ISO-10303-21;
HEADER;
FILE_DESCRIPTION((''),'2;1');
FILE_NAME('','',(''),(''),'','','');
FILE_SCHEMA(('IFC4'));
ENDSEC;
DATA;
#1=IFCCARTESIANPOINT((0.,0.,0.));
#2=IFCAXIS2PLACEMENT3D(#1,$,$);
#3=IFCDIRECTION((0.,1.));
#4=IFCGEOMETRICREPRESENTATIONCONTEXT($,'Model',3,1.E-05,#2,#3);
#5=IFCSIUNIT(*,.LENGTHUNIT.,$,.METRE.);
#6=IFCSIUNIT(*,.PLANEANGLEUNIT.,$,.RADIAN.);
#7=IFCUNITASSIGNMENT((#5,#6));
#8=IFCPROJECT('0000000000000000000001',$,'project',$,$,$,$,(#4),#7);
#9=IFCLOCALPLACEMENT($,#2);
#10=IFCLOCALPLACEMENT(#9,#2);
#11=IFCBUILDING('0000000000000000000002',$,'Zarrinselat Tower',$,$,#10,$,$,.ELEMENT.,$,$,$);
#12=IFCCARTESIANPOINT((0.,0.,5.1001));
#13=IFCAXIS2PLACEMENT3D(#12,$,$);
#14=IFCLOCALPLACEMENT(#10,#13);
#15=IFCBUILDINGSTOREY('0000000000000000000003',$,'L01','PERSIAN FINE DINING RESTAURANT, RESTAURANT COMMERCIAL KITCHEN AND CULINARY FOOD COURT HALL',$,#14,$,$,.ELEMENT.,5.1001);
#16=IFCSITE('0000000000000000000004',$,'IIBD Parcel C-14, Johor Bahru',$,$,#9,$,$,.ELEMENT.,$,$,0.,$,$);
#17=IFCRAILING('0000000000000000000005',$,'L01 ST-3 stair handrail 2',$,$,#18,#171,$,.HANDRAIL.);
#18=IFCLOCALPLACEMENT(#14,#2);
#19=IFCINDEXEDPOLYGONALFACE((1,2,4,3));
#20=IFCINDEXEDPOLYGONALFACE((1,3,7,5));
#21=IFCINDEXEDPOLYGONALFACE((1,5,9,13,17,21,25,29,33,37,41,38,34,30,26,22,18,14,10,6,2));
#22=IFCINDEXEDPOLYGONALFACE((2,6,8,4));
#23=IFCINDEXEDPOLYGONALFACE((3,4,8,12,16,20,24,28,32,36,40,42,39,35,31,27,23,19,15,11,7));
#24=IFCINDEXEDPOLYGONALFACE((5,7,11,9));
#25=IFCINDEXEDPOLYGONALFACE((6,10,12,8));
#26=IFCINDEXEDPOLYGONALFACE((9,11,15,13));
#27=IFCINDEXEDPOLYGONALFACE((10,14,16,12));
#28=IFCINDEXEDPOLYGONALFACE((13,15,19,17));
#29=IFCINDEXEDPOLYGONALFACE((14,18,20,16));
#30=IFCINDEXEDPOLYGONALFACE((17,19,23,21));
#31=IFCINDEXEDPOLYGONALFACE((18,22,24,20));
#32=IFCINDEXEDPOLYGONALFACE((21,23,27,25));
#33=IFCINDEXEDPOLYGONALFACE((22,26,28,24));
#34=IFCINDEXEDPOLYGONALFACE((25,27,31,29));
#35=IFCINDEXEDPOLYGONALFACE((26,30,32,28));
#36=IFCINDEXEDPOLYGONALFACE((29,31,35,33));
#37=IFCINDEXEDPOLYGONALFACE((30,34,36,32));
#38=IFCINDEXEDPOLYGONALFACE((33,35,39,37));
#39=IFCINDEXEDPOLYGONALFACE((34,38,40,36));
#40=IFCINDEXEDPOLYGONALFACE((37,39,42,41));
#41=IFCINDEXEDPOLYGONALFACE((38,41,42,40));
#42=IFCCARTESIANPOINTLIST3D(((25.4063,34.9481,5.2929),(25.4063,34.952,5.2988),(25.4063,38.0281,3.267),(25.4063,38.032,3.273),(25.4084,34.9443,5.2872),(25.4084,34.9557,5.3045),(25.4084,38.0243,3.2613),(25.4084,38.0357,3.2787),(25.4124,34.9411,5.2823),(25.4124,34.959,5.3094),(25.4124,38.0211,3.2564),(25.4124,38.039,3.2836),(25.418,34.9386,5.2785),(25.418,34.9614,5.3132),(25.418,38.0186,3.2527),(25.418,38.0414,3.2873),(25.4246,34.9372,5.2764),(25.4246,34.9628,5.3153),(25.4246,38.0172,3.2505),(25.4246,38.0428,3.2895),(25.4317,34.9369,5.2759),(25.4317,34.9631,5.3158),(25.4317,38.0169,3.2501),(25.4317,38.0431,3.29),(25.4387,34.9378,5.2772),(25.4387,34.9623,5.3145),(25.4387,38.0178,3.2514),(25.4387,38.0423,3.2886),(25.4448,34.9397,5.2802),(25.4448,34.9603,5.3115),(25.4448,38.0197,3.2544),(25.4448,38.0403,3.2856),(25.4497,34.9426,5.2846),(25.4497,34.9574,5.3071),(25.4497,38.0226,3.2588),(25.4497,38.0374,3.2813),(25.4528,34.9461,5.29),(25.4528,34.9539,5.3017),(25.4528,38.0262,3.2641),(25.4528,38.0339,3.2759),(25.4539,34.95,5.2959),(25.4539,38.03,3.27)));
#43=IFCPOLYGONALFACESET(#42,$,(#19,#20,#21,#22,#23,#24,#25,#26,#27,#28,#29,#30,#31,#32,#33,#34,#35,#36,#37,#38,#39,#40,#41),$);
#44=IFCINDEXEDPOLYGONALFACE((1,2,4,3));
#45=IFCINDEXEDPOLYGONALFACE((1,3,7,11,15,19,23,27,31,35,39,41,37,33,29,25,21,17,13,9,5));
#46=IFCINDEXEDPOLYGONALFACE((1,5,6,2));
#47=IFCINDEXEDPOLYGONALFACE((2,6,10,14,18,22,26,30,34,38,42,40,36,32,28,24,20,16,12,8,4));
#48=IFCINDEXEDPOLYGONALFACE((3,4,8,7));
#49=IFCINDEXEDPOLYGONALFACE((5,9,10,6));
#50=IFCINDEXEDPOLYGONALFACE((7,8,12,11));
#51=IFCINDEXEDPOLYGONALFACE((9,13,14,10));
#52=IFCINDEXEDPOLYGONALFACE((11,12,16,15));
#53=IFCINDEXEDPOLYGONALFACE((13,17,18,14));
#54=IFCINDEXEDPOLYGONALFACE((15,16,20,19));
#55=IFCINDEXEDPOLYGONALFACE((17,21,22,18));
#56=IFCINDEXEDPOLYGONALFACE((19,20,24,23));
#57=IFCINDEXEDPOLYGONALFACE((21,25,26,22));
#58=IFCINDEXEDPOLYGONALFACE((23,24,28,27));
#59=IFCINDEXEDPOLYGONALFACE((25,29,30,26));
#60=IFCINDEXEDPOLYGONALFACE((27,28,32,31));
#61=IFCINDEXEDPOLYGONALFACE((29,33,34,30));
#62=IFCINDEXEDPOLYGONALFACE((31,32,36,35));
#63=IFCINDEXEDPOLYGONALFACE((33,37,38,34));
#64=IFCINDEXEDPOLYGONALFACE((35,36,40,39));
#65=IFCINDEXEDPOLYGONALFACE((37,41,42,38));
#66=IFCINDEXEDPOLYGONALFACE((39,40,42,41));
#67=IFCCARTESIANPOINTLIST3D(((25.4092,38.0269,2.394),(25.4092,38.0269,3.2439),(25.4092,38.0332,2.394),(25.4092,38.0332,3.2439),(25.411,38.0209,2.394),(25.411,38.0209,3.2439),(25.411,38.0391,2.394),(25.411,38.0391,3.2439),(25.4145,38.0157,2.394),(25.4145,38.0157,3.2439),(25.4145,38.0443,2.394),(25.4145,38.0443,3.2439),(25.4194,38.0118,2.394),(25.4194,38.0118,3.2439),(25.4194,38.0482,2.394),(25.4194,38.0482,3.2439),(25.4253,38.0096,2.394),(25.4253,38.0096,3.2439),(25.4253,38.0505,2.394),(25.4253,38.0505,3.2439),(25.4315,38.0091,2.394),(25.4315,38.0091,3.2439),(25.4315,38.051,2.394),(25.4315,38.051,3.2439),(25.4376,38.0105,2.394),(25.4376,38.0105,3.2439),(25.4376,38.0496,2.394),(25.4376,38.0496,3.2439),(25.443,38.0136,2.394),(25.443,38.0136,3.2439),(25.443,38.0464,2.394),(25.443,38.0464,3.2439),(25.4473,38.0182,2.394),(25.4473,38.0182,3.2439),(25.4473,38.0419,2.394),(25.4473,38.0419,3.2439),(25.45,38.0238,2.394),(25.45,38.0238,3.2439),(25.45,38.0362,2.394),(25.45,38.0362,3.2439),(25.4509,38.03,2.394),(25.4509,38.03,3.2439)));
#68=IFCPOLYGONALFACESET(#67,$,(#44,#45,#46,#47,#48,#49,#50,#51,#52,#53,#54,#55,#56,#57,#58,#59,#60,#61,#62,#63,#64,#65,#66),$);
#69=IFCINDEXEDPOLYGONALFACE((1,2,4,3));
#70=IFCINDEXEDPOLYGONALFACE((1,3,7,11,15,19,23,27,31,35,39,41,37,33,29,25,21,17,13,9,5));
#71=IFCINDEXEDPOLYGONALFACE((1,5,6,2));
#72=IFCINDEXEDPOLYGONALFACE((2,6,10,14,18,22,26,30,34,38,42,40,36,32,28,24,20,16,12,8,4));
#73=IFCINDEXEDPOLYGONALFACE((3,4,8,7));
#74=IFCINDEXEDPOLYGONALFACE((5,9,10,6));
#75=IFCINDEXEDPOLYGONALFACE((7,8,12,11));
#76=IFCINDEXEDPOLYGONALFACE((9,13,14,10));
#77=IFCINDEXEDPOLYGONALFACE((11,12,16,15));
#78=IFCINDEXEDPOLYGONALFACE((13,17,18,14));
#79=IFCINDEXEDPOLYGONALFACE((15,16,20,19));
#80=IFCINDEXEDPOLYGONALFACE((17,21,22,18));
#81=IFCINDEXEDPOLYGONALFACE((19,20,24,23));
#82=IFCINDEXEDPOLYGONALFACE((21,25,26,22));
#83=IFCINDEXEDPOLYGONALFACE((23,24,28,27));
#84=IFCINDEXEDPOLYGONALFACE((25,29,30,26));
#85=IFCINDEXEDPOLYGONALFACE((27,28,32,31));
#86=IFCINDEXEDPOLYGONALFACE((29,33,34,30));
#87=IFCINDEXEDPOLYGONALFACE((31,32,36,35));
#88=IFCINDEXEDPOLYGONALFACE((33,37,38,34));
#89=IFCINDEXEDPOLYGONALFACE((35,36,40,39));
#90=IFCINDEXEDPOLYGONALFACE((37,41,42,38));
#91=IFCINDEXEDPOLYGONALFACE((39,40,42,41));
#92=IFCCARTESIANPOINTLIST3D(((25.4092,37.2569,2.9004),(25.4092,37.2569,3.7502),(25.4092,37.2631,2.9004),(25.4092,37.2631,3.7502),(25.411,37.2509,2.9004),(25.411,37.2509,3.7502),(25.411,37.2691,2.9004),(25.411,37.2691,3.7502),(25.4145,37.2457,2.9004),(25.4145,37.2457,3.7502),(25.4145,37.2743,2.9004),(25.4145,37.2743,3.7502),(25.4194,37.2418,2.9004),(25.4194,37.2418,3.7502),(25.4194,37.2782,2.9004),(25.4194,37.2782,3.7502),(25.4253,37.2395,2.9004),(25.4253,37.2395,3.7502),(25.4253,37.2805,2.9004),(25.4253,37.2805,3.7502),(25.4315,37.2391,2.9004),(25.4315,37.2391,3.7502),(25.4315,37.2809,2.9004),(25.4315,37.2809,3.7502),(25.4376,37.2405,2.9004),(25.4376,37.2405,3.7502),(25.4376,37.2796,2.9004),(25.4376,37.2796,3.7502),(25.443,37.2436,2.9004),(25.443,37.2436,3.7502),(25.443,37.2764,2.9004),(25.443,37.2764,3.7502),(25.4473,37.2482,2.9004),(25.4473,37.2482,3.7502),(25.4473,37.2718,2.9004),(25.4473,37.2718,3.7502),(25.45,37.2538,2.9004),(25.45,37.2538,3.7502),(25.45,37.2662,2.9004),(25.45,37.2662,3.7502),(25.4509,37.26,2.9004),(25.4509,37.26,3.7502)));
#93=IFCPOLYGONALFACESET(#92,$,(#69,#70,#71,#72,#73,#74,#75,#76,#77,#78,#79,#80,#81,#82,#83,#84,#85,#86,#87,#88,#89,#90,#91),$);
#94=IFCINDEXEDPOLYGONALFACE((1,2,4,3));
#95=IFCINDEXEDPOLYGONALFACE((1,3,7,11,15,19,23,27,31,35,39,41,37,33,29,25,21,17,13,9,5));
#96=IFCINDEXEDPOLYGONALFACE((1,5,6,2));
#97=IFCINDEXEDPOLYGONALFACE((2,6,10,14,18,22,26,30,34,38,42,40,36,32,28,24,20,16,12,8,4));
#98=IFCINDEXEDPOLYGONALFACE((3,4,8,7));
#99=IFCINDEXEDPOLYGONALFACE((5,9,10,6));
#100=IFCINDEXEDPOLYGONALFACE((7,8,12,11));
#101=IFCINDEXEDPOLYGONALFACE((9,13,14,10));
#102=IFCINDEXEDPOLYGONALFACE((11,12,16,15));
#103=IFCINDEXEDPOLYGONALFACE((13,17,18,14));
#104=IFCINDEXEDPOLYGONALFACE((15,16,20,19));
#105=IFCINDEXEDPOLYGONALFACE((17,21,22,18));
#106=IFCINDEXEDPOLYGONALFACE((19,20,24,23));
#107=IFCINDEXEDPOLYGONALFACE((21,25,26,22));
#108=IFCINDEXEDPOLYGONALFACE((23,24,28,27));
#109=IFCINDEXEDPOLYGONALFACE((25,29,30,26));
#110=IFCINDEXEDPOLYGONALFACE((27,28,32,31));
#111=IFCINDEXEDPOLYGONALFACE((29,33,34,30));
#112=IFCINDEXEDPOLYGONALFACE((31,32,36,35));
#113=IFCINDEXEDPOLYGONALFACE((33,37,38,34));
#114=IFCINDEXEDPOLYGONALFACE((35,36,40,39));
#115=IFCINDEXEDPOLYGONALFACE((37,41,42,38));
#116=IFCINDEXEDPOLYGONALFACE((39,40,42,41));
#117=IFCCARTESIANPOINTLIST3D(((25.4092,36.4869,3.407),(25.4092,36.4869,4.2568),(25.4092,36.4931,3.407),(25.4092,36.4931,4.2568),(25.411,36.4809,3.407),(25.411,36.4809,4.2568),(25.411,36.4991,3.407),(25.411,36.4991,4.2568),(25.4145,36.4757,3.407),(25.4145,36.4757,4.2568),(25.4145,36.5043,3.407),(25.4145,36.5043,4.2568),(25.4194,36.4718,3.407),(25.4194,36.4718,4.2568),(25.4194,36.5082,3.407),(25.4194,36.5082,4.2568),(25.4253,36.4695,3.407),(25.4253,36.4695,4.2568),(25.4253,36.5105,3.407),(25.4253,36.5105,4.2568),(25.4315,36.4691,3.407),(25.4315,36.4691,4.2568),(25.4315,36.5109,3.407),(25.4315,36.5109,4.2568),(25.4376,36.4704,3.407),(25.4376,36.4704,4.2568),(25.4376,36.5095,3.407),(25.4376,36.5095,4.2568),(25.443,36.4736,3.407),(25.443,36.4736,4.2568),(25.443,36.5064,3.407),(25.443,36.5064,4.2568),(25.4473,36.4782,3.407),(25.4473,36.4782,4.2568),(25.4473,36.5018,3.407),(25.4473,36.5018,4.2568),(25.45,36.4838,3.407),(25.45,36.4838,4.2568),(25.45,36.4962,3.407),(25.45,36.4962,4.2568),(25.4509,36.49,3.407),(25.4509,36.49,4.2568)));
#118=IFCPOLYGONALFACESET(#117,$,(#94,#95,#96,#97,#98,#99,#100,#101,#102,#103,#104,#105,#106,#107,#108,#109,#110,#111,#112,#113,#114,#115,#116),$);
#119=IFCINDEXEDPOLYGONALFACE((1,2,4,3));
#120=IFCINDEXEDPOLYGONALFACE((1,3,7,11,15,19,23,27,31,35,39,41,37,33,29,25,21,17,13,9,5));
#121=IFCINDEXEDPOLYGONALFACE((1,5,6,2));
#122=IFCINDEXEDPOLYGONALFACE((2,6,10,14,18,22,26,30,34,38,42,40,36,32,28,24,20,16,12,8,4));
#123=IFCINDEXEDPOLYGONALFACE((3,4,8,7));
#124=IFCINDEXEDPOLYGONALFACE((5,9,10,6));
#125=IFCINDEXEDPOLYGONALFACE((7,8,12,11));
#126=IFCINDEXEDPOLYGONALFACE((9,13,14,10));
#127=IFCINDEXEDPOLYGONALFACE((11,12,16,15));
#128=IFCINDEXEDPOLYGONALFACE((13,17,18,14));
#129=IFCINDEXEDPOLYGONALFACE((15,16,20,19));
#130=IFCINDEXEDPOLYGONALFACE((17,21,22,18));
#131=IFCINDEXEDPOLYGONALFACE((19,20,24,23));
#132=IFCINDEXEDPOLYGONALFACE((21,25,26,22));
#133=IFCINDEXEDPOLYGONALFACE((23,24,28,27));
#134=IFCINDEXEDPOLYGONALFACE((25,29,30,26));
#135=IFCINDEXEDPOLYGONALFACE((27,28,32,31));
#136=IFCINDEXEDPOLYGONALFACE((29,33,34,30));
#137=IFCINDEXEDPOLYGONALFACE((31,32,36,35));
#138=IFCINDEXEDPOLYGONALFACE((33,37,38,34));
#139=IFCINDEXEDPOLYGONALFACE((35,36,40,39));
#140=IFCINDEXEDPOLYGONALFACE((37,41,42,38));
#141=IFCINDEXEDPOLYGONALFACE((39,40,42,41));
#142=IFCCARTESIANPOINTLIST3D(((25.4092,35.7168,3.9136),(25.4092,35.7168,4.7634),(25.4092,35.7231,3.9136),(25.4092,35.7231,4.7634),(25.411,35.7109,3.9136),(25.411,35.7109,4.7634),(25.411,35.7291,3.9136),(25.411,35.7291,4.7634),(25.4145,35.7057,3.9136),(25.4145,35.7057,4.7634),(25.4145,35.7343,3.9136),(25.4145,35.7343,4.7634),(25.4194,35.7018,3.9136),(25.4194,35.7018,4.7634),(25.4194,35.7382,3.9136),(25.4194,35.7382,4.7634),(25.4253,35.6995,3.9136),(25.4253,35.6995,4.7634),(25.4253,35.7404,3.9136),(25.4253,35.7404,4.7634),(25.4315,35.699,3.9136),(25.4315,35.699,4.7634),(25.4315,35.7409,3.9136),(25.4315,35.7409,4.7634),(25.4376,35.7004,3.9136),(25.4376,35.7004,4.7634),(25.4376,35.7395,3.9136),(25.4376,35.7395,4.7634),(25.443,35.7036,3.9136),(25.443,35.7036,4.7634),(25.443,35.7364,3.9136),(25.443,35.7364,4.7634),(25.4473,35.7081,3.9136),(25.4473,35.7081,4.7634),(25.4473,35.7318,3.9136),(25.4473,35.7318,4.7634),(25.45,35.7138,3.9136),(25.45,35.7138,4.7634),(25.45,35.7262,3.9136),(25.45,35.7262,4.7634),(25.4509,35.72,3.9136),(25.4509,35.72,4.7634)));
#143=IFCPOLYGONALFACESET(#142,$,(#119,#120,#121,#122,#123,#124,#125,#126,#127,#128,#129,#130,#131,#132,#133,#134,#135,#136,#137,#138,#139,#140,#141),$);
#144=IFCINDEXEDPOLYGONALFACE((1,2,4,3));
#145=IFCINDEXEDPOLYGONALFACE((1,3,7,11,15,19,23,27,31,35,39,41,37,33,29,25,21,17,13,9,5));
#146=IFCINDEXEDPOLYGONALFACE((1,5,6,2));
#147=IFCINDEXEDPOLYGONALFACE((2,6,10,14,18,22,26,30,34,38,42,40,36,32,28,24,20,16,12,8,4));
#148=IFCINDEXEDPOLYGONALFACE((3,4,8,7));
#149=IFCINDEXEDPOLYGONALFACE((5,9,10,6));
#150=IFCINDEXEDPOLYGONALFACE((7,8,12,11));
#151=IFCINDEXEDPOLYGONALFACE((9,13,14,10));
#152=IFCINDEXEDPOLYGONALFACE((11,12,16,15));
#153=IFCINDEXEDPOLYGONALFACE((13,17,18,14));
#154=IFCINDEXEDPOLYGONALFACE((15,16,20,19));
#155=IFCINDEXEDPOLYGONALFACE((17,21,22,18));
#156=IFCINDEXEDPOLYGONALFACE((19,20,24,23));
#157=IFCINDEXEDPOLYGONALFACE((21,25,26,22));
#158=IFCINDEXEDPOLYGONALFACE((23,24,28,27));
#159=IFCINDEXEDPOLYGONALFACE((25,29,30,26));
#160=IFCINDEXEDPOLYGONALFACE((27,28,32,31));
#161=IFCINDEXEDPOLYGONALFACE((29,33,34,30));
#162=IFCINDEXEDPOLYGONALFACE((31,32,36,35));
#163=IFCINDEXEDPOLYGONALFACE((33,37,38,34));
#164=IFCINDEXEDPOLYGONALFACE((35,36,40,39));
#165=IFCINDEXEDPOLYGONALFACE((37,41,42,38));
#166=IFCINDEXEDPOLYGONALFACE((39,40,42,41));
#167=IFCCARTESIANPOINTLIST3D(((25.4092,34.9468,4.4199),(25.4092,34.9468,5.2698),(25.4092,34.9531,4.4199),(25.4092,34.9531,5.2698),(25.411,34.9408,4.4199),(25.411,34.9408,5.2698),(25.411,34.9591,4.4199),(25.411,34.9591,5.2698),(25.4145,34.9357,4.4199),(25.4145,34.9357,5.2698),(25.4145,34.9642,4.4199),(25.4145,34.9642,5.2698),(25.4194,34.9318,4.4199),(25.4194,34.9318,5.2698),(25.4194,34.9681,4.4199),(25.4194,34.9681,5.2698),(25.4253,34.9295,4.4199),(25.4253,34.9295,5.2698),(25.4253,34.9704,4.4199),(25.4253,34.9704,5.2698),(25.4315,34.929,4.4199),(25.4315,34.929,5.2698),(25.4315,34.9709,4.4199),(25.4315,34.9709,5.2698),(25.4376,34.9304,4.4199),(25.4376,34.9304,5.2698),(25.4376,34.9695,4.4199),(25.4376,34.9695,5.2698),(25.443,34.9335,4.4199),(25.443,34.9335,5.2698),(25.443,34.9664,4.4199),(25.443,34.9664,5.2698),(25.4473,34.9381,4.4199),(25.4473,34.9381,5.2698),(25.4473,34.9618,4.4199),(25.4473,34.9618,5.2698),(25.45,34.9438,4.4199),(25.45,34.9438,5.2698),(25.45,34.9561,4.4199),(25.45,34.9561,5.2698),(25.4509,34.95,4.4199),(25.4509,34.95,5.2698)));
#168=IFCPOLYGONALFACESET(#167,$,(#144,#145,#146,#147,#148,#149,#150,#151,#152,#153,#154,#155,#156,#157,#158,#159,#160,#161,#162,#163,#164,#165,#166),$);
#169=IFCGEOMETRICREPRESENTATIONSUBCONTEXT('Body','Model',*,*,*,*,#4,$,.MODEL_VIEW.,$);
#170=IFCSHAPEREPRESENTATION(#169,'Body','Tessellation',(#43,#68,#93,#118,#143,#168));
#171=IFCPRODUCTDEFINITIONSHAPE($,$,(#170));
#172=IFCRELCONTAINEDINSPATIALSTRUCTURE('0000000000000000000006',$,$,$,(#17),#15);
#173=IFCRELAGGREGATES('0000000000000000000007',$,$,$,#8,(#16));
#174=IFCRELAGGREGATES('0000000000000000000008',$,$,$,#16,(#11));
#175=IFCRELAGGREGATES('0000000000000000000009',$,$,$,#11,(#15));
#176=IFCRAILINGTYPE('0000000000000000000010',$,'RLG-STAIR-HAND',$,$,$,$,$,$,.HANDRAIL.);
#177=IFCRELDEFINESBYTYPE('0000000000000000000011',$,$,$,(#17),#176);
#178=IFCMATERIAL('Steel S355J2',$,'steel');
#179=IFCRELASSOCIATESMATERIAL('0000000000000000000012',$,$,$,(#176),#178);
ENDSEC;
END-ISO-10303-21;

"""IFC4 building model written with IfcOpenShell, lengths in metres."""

from ifc_helpers import new_model, si_unit, direction, frame, origin, origin_2d, place, context, subcontext, project, spatial, circle, extrude, material, type_object, element, save


model = new_model("IFC4")

# Units and contexts
model_context = context("Model", 3, precision=1e-05, world=origin(), true_north=direction((0.0, 1.0)))
body_context = subcontext(model_context, "Body", "Model", "MODEL_VIEW")
ifc_project = project(units=[si_unit("LENGTHUNIT", "METRE"), si_unit("PLANEANGLEUNIT", "RADIAN")], contexts=[model_context])

# Site, building, storey
site_placement = place(None, origin())
site = spatial("IfcSite", under=ifc_project, at=site_placement, Name="IIBD Parcel C-14, Johor Bahru", CompositionType="ELEMENT", RefElevation=0.0)
building_placement = place(site_placement, origin())
building = spatial("IfcBuilding", under=site, at=building_placement, Name="Zarrinselat Tower", CompositionType="ELEMENT")
storey_placement = place(building_placement, frame((0.0, 0.0, 5.1001)))
storey = spatial("IfcBuildingStorey", under=building, at=storey_placement, Name="L01", Description="PERSIAN FINE DINING RESTAURANT, RESTAURANT COMMERCIAL KITCHEN AND CULINARY FOOD COURT HALL", CompositionType="ELEMENT", Elevation=5.1001)

# Railing
ifc_material_1 = material(Name="Steel S355J2", Category="steel")
railing_type_1 = type_object("IfcRailingType", Name="RLG-STAIR-HAND", PredefinedType="HANDRAIL", material=ifc_material_1)
railing_1_placement = place(storey_placement, frame((25.4299, 38.03, 2.394)))
element("IfcRailing", 1, at=railing_1_placement, inside=storey, type_object=railing_type_1, Name="L01 ST-3 stair handrail 2", PredefinedType="HANDRAIL", context=body_context, shape_type="SweptSolid", body=[
    extrude(circle(Radius=0.0239, at=origin_2d()), frame((0.0, 0.0, 0.876), z_axis=(0.0, -0.835478, 0.549524), x_axis=(1.0, 0.0, 0.0)), (0.0, 0.0, 1.0), 3.6865),
    extrude(circle(Radius=0.021, at=origin_2d()), origin(), (0.0, 0.0, 1.0), 0.8499),
    extrude(circle(Radius=0.021, at=origin_2d()), frame((0.0, -0.77, 0.5063)), (0.0, 0.0, 1.0), 0.8499),
    extrude(circle(Radius=0.021, at=origin_2d()), frame((0.0, -1.54, 1.0129)), (0.0, 0.0, 1.0), 0.8499),
    extrude(circle(Radius=0.021, at=origin_2d()), frame((0.0, -2.3101, 1.5195)), (0.0, 0.0, 1.0), 0.8499),
    extrude(circle(Radius=0.021, at=origin_2d()), frame((0.0, -3.0801, 2.0259)), (0.0, 0.0, 1.0), 0.8499),
])

save(model, "model.ifc")
